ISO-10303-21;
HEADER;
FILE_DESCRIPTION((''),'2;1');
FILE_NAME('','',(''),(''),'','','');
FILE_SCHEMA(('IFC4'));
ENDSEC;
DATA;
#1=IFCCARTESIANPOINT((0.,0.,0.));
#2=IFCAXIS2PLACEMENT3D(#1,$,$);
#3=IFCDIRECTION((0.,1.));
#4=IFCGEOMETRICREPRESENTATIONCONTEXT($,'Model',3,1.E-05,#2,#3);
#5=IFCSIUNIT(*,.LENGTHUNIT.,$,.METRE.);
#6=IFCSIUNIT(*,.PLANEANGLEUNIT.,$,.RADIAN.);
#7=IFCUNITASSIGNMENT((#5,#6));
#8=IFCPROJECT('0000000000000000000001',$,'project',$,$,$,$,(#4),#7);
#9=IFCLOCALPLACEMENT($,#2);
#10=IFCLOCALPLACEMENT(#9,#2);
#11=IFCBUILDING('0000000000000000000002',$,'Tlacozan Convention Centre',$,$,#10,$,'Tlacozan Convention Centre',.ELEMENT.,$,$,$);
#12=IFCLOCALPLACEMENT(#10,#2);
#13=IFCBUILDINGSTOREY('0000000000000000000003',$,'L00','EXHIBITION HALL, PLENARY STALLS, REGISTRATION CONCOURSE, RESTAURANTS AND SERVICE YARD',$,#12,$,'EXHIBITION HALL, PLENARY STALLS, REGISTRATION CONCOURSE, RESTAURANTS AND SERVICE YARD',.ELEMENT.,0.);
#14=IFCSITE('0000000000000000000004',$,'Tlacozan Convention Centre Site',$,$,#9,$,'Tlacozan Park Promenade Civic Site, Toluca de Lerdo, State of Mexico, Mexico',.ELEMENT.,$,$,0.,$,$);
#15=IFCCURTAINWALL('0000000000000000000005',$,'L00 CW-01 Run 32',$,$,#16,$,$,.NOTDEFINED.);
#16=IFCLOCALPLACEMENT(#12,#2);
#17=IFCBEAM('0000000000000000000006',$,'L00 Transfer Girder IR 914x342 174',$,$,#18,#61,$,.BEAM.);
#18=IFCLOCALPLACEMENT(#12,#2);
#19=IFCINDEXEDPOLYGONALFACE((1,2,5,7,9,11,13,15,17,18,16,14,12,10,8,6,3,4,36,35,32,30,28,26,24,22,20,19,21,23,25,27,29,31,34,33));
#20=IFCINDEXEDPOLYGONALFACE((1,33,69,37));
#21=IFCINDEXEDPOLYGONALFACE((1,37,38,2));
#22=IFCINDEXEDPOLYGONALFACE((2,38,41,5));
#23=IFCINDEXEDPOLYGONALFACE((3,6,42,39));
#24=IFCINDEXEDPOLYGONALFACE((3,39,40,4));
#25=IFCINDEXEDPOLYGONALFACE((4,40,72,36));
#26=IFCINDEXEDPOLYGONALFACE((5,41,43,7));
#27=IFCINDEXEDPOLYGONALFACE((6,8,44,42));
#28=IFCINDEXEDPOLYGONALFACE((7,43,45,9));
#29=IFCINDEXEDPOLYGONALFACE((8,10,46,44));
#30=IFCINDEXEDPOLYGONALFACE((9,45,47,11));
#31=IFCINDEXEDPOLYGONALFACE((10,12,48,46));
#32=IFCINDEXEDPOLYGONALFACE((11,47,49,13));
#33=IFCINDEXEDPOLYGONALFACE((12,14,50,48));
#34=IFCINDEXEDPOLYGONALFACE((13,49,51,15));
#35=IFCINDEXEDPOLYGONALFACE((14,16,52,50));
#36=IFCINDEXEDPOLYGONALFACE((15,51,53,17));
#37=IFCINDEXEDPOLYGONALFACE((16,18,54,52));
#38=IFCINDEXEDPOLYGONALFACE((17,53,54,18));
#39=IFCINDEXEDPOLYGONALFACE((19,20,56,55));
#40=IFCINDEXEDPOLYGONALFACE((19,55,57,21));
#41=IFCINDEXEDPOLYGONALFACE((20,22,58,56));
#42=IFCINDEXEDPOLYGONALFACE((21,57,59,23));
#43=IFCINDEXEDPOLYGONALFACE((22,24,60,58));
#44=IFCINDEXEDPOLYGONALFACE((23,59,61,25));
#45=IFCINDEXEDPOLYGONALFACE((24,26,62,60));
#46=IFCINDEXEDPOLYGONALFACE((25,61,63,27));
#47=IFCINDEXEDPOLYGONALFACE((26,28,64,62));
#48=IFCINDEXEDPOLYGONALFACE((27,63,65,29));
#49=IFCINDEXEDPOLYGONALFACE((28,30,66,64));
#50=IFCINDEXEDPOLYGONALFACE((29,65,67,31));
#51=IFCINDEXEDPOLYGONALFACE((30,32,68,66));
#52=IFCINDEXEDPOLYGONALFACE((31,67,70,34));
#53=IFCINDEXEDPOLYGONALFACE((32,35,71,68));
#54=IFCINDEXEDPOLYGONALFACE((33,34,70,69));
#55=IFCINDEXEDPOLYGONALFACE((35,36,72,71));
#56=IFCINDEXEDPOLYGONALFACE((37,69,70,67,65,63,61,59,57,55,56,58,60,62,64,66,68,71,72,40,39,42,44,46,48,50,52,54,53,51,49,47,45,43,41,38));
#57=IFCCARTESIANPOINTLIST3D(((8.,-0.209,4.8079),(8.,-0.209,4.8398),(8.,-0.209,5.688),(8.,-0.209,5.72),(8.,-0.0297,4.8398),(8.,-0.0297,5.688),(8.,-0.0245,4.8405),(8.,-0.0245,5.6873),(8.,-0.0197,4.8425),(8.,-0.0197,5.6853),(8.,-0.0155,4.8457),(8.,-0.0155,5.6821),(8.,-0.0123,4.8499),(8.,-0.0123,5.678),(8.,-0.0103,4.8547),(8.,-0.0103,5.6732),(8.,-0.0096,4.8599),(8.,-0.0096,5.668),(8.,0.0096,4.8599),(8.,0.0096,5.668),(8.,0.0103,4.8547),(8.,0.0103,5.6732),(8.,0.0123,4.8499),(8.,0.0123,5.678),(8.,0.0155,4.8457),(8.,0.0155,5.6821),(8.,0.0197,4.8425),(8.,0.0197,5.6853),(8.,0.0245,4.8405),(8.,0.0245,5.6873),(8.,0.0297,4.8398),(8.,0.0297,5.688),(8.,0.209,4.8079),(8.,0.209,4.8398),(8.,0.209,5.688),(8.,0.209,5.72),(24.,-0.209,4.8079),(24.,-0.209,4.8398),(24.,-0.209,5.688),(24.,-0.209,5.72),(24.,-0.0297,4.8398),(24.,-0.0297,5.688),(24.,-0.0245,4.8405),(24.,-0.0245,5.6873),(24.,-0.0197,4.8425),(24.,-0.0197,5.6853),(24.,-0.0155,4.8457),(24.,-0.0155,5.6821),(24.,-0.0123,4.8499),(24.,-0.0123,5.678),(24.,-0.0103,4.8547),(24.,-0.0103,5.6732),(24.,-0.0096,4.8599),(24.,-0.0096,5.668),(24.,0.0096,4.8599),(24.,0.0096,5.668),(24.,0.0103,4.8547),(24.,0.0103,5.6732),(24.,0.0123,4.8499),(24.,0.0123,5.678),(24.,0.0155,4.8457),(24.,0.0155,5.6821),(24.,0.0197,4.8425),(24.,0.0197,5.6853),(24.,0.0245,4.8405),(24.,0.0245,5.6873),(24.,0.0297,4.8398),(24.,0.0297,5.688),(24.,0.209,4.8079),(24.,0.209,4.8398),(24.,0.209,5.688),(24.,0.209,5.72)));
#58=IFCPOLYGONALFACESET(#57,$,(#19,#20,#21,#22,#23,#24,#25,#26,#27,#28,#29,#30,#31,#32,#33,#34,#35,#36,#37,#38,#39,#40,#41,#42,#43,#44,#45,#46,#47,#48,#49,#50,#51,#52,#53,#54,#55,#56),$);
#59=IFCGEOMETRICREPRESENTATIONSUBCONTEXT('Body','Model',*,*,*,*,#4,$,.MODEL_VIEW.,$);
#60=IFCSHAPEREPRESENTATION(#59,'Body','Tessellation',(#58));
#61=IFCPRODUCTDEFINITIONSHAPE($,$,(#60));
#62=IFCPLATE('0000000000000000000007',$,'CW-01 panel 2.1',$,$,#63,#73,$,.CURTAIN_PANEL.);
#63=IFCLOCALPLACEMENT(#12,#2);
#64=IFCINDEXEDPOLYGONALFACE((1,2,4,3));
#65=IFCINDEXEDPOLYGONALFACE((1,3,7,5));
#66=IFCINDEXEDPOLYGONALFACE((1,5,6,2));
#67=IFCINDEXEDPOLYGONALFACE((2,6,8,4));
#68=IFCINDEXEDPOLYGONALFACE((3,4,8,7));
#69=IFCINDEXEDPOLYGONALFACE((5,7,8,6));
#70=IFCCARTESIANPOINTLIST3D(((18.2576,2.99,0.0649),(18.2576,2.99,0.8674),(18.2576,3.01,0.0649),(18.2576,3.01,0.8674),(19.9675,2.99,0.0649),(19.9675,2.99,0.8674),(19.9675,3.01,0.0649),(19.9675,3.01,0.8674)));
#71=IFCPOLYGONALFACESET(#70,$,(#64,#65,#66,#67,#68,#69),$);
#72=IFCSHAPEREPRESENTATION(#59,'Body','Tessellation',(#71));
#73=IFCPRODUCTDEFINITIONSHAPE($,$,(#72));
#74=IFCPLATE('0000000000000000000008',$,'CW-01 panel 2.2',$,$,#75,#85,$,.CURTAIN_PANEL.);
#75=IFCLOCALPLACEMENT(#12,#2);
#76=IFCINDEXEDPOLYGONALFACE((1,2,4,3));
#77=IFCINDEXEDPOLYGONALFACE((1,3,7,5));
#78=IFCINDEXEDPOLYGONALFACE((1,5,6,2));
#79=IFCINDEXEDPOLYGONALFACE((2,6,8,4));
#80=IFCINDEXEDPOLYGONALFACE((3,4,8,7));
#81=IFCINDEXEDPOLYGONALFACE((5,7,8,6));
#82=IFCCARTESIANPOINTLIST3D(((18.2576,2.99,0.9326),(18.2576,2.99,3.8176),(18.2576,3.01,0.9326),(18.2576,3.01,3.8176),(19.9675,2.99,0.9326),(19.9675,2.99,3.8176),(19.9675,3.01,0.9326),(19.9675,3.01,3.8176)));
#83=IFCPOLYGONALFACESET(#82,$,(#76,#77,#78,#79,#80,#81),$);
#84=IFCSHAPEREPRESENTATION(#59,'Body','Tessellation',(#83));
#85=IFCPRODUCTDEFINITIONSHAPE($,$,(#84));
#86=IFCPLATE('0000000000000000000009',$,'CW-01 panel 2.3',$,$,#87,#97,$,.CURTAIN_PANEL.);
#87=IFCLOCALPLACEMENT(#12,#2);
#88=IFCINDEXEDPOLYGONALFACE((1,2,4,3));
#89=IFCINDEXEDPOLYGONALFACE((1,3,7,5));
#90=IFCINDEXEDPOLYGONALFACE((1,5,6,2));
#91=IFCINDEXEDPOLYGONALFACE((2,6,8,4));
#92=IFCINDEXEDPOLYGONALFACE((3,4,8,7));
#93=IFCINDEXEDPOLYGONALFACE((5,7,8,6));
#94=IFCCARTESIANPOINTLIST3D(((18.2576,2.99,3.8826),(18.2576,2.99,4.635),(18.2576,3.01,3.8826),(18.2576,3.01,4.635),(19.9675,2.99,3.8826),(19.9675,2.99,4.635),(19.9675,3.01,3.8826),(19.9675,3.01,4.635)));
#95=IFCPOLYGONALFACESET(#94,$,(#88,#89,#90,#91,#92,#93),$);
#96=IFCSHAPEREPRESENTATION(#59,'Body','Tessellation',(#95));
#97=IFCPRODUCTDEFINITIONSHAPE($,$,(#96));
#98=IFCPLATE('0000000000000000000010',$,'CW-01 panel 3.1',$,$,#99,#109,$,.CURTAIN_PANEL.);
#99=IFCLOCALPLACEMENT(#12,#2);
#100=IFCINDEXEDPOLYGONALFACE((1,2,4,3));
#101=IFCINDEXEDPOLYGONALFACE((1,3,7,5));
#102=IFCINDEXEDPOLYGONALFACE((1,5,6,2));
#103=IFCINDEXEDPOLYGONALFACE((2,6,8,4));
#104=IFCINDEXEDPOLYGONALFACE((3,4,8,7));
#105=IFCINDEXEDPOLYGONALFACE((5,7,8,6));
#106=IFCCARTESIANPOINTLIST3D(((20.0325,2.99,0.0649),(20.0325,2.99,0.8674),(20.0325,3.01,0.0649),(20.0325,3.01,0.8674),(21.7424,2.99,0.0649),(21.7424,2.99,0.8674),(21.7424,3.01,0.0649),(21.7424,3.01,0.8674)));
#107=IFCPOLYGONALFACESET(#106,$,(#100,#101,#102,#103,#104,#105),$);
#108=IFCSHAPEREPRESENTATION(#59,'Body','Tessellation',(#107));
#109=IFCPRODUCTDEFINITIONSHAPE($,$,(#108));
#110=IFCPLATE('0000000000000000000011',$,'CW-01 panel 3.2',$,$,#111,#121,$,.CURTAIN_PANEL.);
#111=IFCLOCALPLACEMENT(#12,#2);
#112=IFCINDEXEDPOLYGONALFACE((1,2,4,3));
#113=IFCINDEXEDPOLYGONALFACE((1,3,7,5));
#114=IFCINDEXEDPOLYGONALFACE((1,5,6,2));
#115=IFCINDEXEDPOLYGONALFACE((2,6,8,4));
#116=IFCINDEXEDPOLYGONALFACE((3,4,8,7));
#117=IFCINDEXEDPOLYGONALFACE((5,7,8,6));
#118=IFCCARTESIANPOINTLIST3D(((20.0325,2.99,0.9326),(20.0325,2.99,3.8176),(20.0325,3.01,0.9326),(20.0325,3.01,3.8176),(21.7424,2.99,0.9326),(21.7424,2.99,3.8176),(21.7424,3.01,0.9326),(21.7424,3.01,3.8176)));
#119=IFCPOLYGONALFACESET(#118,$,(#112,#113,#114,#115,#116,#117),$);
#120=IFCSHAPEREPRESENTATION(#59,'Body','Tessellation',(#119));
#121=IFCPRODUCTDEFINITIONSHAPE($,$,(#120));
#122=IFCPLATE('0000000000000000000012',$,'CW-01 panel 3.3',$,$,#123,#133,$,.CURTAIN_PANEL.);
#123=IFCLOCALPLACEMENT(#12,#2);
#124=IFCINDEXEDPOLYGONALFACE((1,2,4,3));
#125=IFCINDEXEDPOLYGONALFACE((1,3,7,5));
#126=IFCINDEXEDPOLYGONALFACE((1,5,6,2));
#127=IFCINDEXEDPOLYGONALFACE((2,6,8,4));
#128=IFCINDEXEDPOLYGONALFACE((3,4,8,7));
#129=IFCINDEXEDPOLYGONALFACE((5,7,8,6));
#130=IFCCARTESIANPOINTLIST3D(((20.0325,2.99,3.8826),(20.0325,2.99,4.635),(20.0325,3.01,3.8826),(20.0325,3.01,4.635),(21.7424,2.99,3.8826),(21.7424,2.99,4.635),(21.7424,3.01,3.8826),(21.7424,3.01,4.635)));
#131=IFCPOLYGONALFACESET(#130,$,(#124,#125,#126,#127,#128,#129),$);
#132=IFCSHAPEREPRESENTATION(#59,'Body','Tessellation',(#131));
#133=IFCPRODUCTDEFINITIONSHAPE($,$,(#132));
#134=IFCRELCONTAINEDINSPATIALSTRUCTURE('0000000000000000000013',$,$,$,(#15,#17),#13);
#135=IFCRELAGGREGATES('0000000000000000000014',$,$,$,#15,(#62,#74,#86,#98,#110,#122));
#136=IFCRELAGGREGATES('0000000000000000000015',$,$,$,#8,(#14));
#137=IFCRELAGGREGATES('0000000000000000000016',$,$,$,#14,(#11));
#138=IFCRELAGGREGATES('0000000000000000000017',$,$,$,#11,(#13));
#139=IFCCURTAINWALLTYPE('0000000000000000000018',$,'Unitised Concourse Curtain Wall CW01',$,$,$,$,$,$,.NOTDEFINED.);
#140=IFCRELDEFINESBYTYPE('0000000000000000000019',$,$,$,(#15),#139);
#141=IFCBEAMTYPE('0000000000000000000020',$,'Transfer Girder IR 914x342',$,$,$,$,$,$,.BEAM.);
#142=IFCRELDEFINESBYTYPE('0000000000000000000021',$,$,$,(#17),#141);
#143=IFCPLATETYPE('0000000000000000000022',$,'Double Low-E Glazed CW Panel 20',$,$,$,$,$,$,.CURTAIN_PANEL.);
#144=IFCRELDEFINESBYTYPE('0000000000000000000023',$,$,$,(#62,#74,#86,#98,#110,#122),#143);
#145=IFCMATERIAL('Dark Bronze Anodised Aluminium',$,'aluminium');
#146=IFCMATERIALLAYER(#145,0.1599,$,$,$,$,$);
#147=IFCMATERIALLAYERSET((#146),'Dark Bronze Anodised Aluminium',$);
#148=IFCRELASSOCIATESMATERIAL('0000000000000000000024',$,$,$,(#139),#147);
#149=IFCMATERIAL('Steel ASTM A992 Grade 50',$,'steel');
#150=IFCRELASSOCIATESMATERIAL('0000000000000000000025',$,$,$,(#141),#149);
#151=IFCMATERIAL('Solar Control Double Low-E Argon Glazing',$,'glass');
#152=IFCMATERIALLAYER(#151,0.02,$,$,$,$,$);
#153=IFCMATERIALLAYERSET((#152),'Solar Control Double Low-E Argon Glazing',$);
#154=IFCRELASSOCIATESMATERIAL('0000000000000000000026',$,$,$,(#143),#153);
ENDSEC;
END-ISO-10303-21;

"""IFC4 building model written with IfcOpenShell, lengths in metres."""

from ifc_helpers import new_model, si_unit, direction, frame, origin, origin_2d, place, context, subcontext, project, spatial, rectangle, i_section, extrude, material, layer, layer_set, material_profile, profile_set, type_object, element, aggregate, save


model = new_model("IFC4")

# Units and contexts
model_context = context("Model", 3, precision=1e-05, world=origin(), true_north=direction((0.0, 1.0)))
body_context = subcontext(model_context, "Body", "Model", "MODEL_VIEW")
ifc_project = project(units=[si_unit("LENGTHUNIT", "METRE"), si_unit("PLANEANGLEUNIT", "RADIAN")], contexts=[model_context])

# Site, building, storey
site_placement = place(None, origin())
site = spatial("IfcSite", under=ifc_project, at=site_placement, Name="Tlacozan Convention Centre Site", LongName="Tlacozan Park Promenade Civic Site, Toluca de Lerdo, State of Mexico, Mexico", CompositionType="ELEMENT", RefElevation=0.0)
building_placement = place(site_placement, origin())
building = spatial("IfcBuilding", under=site, at=building_placement, Name="Tlacozan Convention Centre", LongName="Tlacozan Convention Centre", CompositionType="ELEMENT")
storey_placement = place(building_placement, origin())
storey = spatial("IfcBuildingStorey", under=building, at=storey_placement, Name="L00", Description="EXHIBITION HALL, PLENARY STALLS, REGISTRATION CONCOURSE, RESTAURANTS AND SERVICE YARD", LongName="EXHIBITION HALL, PLENARY STALLS, REGISTRATION CONCOURSE, RESTAURANTS AND SERVICE YARD", CompositionType="ELEMENT", Elevation=0.0)

# Curtain wall
ifc_material_1 = material(Name="Dark Bronze Anodised Aluminium", Category="aluminium")
ifc_layer_1 = layer(ifc_material_1, 0.1599)
ifc_layer_set_1 = layer_set([ifc_layer_1], Name="Dark Bronze Anodised Aluminium")
curtain_wall_type = type_object("IfcCurtainWallType", Name="Unitised Concourse Curtain Wall CW01", PredefinedType="NOTDEFINED", material=ifc_layer_set_1)
curtain_wall_placement = place(storey_placement, origin())
curtain_wall = element("IfcCurtainWall", 1, at=curtain_wall_placement, inside=storey, type_object=curtain_wall_type, Name="L00 CW-01 Run 32", PredefinedType="NOTDEFINED")

# Beam
ifc_material_2 = material(Name="Steel ASTM A992 Grade 50", Category="steel")
ifc_material_profile_1 = material_profile(ifc_material_2, i_section(OverallWidth=0.418, OverallDepth=0.9121, WebThickness=0.0193, FlangeThickness=0.032, FilletRadius=0.02, at=origin_2d()), Name="IR 914x342.0")
ifc_profile_set_1 = profile_set([ifc_material_profile_1], Name="Steel ASTM A992 Grade 50")
beam_type_1 = type_object("IfcBeamType", Name="Transfer Girder IR 914x342", PredefinedType="BEAM", material=ifc_profile_set_1)
beam_1_placement = place(storey_placement, frame((24.0, 0.0, 5.2639), z_axis=(-1.0, 0.0, 0.0), x_axis=(0.0, -1.0, 0.0)))
element("IfcBeam", 2, at=beam_1_placement, inside=storey, type_object=beam_type_1, Name="L00 Transfer Girder IR 914x342 174", PredefinedType="BEAM", context=body_context, shape_type="SweptSolid", body=[
    extrude(i_section(OverallWidth=0.418, OverallDepth=0.9121, WebThickness=0.0193, FlangeThickness=0.032, FilletRadius=0.02, at=origin_2d()), origin(), (0.0, 0.0, 1.0), 16.0),
])

# Plates
ifc_material_3 = material(Name="Solar Control Double Low-E Argon Glazing", Category="glass")
ifc_layer_2 = layer(ifc_material_3, 0.02)
ifc_layer_set_2 = layer_set([ifc_layer_2], Name="Solar Control Double Low-E Argon Glazing")
plate_type = type_object("IfcPlateType", Name="Double Low-E Glazed CW Panel 20", PredefinedType="CURTAIN_PANEL", material=ifc_layer_set_2)
plate_1_placement = place(storey_placement, frame((19.1125, 3.0, 0.0649), z_axis=(0.0, 0.0, 1.0), x_axis=(1.0, 0.0, 0.0)))
plate_1 = element("IfcPlate", 3, at=plate_1_placement, type_object=plate_type, Name="CW-01 panel 2.1", PredefinedType="CURTAIN_PANEL", context=body_context, shape_type="SweptSolid", body=[
    extrude(rectangle(XDim=1.71, YDim=0.02, at=origin_2d()), origin(), (0.0, 0.0, 1.0), 0.8025),
])
plate_2_placement = place(storey_placement, frame((19.1125, 3.0, 0.9326), z_axis=(0.0, 0.0, 1.0), x_axis=(1.0, 0.0, 0.0)))
plate_2 = element("IfcPlate", 4, at=plate_2_placement, type_object=plate_type, Name="CW-01 panel 2.2", PredefinedType="CURTAIN_PANEL", context=body_context, shape_type="SweptSolid", body=[
    extrude(rectangle(XDim=1.71, YDim=0.02, at=origin_2d()), origin(), (0.0, 0.0, 1.0), 2.885),
])
plate_3_placement = place(storey_placement, frame((19.1125, 3.0, 3.8826), z_axis=(0.0, 0.0, 1.0), x_axis=(1.0, 0.0, 0.0)))
plate_3 = element("IfcPlate", 5, at=plate_3_placement, type_object=plate_type, Name="CW-01 panel 2.3", PredefinedType="CURTAIN_PANEL", context=body_context, shape_type="SweptSolid", body=[
    extrude(rectangle(XDim=1.71, YDim=0.02, at=origin_2d()), origin(), (0.0, 0.0, 1.0), 0.7524),
])
plate_4_placement = place(storey_placement, frame((20.8875, 3.0, 0.0649), z_axis=(0.0, 0.0, 1.0), x_axis=(1.0, 0.0, 0.0)))
plate_4 = element("IfcPlate", 6, at=plate_4_placement, type_object=plate_type, Name="CW-01 panel 3.1", PredefinedType="CURTAIN_PANEL", context=body_context, shape_type="SweptSolid", body=[
    extrude(rectangle(XDim=1.71, YDim=0.02, at=origin_2d()), origin(), (0.0, 0.0, 1.0), 0.8025),
])
plate_5_placement = place(storey_placement, frame((20.8875, 3.0, 0.9326), z_axis=(0.0, 0.0, 1.0), x_axis=(1.0, 0.0, 0.0)))
plate_5 = element("IfcPlate", 7, at=plate_5_placement, type_object=plate_type, Name="CW-01 panel 3.2", PredefinedType="CURTAIN_PANEL", context=body_context, shape_type="SweptSolid", body=[
    extrude(rectangle(XDim=1.71, YDim=0.02, at=origin_2d()), origin(), (0.0, 0.0, 1.0), 2.885),
])
plate_6_placement = place(storey_placement, frame((20.8875, 3.0, 3.8826), z_axis=(0.0, 0.0, 1.0), x_axis=(1.0, 0.0, 0.0)))
plate_6 = element("IfcPlate", 8, at=plate_6_placement, type_object=plate_type, Name="CW-01 panel 3.3", PredefinedType="CURTAIN_PANEL", context=body_context, shape_type="SweptSolid", body=[
    extrude(rectangle(XDim=1.71, YDim=0.02, at=origin_2d()), origin(), (0.0, 0.0, 1.0), 0.7524),
])
aggregate(curtain_wall, [plate_1, plate_2, plate_3, plate_4, plate_5, plate_6])

save(model, "model.ifc")
